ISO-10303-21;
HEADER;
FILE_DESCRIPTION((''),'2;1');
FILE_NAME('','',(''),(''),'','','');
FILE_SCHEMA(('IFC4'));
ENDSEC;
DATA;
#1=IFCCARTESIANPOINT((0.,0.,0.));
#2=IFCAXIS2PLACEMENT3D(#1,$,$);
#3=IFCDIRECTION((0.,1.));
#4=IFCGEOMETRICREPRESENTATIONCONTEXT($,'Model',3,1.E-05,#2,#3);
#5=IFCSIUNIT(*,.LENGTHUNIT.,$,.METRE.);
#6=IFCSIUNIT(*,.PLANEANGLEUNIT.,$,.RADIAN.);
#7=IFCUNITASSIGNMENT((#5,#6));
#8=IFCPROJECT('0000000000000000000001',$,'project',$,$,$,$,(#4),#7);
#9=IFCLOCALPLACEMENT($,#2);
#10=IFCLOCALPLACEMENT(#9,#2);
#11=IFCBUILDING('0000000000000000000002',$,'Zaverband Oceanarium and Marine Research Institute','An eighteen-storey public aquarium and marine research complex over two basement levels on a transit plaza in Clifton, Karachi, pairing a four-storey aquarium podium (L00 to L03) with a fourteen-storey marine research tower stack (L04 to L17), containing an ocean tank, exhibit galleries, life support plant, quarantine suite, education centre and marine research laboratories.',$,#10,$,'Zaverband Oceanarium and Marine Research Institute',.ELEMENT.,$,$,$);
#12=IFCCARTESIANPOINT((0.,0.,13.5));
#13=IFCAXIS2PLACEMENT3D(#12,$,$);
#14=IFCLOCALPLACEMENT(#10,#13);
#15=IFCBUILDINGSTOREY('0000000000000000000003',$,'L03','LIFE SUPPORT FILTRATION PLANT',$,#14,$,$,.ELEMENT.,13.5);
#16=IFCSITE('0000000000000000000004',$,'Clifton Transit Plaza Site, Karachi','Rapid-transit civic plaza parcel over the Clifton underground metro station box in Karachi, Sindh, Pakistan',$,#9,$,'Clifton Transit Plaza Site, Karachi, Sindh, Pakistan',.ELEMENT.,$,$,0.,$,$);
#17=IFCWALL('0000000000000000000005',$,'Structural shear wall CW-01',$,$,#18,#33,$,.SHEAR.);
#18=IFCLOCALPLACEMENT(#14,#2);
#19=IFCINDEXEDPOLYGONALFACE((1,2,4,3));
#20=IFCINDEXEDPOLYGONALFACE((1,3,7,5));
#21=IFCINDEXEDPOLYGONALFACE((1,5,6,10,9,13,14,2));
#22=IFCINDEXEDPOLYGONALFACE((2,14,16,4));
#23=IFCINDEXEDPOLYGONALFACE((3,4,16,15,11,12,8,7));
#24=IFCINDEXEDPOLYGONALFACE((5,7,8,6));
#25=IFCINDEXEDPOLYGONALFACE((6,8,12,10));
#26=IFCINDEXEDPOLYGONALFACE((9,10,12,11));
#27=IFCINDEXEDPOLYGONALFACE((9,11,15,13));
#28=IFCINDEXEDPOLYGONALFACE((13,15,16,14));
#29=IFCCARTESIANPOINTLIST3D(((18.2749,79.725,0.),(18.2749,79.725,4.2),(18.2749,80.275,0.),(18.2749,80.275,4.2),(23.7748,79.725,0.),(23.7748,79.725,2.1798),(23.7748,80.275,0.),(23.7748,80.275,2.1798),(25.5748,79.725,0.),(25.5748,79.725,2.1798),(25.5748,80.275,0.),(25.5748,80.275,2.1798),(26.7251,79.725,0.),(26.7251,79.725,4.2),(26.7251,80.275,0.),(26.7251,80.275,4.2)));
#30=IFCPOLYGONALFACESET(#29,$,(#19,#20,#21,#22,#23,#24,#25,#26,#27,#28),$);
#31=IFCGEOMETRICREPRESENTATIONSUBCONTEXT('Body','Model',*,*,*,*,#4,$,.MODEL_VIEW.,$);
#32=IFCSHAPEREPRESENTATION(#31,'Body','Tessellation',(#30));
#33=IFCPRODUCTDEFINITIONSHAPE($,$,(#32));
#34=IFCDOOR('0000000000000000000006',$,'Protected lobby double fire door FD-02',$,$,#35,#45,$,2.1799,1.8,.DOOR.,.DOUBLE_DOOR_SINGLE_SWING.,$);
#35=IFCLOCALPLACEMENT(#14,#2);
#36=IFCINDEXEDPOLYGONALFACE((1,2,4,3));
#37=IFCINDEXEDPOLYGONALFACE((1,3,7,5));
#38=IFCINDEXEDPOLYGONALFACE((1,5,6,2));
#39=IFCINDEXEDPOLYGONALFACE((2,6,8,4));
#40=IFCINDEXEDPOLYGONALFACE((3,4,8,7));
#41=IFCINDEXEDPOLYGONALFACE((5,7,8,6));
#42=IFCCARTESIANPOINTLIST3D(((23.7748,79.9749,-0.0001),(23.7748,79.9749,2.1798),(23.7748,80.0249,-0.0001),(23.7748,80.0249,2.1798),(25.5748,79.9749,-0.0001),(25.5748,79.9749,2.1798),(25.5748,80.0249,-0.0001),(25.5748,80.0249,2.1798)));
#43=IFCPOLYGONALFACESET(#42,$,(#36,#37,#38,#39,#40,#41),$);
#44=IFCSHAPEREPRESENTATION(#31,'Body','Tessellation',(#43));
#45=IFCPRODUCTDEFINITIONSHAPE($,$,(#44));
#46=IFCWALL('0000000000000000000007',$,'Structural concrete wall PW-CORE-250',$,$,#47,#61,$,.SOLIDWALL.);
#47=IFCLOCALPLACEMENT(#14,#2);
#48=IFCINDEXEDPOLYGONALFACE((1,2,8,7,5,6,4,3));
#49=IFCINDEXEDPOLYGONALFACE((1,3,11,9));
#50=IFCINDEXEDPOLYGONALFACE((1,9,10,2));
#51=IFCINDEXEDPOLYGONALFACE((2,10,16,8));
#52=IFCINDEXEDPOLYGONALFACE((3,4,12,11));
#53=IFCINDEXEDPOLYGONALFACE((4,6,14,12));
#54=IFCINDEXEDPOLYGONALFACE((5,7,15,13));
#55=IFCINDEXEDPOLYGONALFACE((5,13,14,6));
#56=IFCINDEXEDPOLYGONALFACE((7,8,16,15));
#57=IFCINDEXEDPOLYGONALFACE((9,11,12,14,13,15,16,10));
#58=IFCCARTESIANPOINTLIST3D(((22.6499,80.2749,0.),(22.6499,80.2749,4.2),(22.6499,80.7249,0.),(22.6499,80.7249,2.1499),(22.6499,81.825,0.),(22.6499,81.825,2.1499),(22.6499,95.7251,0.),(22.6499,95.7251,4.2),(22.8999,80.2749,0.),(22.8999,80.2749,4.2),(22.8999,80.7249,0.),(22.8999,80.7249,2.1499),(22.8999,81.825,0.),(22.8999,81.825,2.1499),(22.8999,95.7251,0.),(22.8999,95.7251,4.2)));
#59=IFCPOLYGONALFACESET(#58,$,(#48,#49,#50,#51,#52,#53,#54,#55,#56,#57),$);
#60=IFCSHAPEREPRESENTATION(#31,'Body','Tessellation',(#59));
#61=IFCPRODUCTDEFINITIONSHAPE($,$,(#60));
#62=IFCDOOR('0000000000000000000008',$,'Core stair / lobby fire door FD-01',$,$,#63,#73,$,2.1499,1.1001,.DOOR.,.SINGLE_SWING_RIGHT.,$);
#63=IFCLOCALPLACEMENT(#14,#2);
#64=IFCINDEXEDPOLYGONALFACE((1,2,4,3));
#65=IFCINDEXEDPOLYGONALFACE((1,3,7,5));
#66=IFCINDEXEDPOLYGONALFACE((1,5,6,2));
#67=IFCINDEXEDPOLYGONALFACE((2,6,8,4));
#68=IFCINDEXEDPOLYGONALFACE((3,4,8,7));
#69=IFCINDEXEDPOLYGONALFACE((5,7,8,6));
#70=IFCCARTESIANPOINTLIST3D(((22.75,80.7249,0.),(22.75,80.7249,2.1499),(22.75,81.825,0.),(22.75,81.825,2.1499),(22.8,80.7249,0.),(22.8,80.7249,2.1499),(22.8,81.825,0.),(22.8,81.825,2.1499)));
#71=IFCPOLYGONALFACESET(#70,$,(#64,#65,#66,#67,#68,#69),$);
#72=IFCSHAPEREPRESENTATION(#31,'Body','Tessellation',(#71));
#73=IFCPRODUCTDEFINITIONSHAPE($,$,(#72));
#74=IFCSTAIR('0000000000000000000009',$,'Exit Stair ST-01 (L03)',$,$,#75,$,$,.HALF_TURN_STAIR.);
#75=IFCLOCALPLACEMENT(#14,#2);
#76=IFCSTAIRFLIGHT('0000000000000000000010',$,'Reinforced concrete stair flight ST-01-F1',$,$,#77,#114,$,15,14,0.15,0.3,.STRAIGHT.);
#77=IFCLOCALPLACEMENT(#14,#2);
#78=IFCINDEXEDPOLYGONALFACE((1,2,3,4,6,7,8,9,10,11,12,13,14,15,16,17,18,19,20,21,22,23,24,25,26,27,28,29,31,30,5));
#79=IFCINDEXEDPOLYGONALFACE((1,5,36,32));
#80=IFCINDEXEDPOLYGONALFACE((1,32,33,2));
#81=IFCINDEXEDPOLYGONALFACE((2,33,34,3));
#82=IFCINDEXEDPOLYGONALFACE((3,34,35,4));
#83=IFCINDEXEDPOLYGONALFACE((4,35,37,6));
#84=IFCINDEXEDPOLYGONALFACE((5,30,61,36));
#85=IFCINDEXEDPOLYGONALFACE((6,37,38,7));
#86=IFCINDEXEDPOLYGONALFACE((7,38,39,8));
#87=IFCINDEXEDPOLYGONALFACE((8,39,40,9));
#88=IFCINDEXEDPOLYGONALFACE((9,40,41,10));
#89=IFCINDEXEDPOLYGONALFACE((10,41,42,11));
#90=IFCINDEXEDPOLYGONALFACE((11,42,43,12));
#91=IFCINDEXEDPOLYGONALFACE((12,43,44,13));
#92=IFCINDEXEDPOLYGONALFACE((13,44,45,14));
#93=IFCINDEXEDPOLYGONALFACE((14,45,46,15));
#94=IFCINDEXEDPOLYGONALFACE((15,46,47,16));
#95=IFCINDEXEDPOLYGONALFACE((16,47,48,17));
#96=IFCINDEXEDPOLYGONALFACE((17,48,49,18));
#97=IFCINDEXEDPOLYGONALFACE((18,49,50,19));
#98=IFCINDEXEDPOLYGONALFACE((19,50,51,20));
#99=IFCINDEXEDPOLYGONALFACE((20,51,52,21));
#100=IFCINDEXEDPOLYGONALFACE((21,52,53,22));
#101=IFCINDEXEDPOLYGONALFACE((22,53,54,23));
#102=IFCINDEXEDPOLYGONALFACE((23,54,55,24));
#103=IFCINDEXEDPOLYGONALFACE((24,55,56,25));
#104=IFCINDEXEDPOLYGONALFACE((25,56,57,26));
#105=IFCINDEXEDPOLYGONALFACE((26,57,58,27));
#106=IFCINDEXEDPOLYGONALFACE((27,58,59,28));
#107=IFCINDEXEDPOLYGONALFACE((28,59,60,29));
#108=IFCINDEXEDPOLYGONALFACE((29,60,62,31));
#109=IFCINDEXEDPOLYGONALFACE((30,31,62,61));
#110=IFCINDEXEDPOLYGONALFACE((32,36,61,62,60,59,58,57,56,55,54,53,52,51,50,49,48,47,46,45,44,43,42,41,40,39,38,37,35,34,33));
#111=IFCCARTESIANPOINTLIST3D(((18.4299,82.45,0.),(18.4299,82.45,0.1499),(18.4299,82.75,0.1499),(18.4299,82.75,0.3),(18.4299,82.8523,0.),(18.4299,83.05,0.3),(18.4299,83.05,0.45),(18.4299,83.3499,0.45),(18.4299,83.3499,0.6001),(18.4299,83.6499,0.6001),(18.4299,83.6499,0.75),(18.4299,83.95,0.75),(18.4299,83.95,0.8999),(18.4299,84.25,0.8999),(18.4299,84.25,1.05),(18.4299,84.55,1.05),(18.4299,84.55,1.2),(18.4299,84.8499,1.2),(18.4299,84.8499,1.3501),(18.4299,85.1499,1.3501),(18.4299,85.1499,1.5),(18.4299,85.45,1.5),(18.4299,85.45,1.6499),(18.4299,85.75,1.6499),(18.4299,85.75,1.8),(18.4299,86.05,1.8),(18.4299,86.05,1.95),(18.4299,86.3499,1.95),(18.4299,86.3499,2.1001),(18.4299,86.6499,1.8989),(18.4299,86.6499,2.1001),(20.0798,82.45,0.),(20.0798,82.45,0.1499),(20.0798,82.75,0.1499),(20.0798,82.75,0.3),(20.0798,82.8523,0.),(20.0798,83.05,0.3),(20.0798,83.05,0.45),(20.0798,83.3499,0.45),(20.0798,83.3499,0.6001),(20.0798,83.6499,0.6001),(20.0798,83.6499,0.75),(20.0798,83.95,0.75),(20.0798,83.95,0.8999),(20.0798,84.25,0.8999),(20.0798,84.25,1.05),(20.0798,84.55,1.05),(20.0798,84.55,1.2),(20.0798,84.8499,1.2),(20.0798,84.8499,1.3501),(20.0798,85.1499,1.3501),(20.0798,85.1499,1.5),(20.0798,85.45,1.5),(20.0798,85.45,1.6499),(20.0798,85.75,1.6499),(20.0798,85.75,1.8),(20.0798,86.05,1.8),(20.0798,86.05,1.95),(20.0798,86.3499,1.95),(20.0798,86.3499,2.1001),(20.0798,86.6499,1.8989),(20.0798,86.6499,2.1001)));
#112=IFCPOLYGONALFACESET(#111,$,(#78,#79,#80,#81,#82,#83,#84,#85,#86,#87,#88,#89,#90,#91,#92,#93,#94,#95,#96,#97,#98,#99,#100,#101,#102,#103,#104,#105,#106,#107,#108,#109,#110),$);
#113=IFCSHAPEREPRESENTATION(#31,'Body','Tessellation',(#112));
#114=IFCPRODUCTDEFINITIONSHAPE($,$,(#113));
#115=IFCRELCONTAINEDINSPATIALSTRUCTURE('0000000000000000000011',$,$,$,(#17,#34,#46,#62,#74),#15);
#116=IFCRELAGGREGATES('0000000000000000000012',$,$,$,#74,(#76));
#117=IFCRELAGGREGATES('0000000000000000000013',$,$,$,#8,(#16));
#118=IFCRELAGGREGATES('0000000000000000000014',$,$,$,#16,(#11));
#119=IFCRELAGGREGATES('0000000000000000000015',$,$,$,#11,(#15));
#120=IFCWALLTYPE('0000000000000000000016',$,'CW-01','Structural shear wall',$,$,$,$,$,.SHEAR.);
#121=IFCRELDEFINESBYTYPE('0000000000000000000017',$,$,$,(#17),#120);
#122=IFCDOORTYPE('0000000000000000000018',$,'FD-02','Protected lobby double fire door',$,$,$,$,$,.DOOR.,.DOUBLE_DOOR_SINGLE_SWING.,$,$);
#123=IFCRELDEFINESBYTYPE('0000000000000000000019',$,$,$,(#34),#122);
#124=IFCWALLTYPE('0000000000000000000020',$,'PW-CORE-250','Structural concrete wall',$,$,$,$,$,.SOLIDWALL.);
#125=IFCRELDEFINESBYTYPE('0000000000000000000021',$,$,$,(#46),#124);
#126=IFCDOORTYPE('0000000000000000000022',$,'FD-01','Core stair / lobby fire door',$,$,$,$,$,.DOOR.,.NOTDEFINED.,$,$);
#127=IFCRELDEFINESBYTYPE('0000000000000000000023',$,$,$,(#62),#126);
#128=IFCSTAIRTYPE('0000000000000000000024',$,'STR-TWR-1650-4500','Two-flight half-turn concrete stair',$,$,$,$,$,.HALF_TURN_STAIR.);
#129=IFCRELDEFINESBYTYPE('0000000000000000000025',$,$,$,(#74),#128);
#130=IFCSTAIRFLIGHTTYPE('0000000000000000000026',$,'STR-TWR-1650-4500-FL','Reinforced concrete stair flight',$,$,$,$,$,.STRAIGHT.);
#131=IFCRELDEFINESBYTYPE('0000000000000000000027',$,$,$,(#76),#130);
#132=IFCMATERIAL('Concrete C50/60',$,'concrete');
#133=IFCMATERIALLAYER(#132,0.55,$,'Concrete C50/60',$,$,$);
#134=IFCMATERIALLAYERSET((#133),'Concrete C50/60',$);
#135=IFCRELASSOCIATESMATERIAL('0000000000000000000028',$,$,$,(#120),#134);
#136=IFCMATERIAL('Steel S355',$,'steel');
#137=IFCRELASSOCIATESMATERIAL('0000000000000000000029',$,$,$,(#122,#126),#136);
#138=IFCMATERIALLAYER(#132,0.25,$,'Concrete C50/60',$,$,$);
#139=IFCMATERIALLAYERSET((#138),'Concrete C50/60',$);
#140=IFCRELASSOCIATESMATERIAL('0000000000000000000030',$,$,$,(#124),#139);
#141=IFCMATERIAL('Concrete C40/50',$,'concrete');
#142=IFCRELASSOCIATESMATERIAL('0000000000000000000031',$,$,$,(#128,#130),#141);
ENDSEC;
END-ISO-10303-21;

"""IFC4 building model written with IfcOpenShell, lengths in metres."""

from ifc_helpers import new_model, si_unit, direction, frame, frame_2d, origin, place, context, subcontext, project, spatial, polyline, rectangle, outline, extrude, material, layer, layer_set, type_object, element, fill, aggregate, save


model = new_model("IFC4")

# Units and contexts
model_context = context("Model", 3, precision=1e-05, world=origin(), true_north=direction((0.0, 1.0)))
body_context = subcontext(model_context, "Body", "Model", "MODEL_VIEW")
ifc_project = project(units=[si_unit("LENGTHUNIT", "METRE"), si_unit("PLANEANGLEUNIT", "RADIAN")], contexts=[model_context])

# Site, building, storey
site_placement = place(None, origin())
site = spatial("IfcSite", under=ifc_project, at=site_placement, Name="Clifton Transit Plaza Site, Karachi", Description="Rapid-transit civic plaza parcel over the Clifton underground metro station box in Karachi, Sindh, Pakistan", LongName="Clifton Transit Plaza Site, Karachi, Sindh, Pakistan", CompositionType="ELEMENT", RefElevation=0.0)
building_placement = place(site_placement, origin())
building = spatial("IfcBuilding", under=site, at=building_placement, Name="Zaverband Oceanarium and Marine Research Institute", Description="An eighteen-storey public aquarium and marine research complex over two basement levels on a transit plaza in Clifton, Karachi, pairing a four-storey aquarium podium (L00 to L03) with a fourteen-storey marine research tower stack (L04 to L17), containing an ocean tank, exhibit galleries, life support plant, quarantine suite, education centre and marine research laboratories.", LongName="Zaverband Oceanarium and Marine Research Institute", CompositionType="ELEMENT")
storey_placement = place(building_placement, frame((0.0, 0.0, 13.5)))
storey = spatial("IfcBuildingStorey", under=building, at=storey_placement, Name="L03", Description="LIFE SUPPORT FILTRATION PLANT", CompositionType="ELEMENT", Elevation=13.5)

# Shared definitions
ifc_material_1 = material(Name="Concrete C50/60", Category="concrete")

# Shared definitions
ifc_material_2 = material(Name="Concrete C40/50", Category="concrete")

# Wall, opening, door
ifc_layer_1 = layer(ifc_material_1, 0.55, Name="Concrete C50/60")
ifc_layer_set_1 = layer_set([ifc_layer_1], Name="Concrete C50/60")
wall_type_1 = type_object("IfcWallType", Name="CW-01", Description="Structural shear wall", PredefinedType="SHEAR", material=ifc_layer_set_1)
wall_1_placement = place(storey_placement, frame((18.2749, 80.0, 0.0), z_axis=(0.0, 0.0, 1.0), x_axis=(1.0, 0.0, 0.0)))
wall_1 = element("IfcWall", 1, at=wall_1_placement, inside=storey, type_object=wall_type_1, Name="Structural shear wall CW-01", PredefinedType="SHEAR", context=body_context, shape_type="SweptSolid", body=[
    extrude(rectangle(XDim=8.4502, YDim=0.55, at=frame_2d((4.2251, 0.0))), origin(), (0.0, 0.0, 1.0), 4.2),
])
opening_1_placement = place(wall_1_placement, frame((5.5, 0.0, 0.0)))
opening_1 = element("IfcOpeningElement", 2, at=opening_1_placement, cuts=wall_1, PredefinedType="OPENING", context=body_context, shape_type="SweptSolid", body=[
    extrude(rectangle(XDim=1.8, YDim=2.1799, at=frame_2d((0.8999, 1.0898))), frame((0.0, 0.2871, 0.0), z_axis=(0.0, -1.0, 0.0), x_axis=(1.0, 0.0, 0.0)), (0.0, 0.0, 1.0), 0.574),
])
ifc_material_3 = material(Name="Steel S355", Category="steel")
door_type_1 = type_object("IfcDoorType", Name="FD-02", Description="Protected lobby double fire door", OperationType="DOUBLE_DOOR_SINGLE_SWING", PredefinedType="DOOR", material=ifc_material_3)
door_1_placement = place(opening_1_placement, origin())
door_1 = element("IfcDoor", 3, at=door_1_placement, inside=storey, type_object=door_type_1, Name="Protected lobby double fire door FD-02", OperationType="DOUBLE_DOOR_SINGLE_SWING", OverallHeight=2.1799, OverallWidth=1.8, PredefinedType="DOOR", context=body_context, shape_type="SweptSolid", body=[
    extrude(rectangle(XDim=1.8, YDim=2.1799, at=frame_2d((0.8999, 1.0898))), frame((0.0, 0.0249, 0.0), z_axis=(0.0, -1.0, 0.0), x_axis=(1.0, 0.0, 0.0)), (0.0, 0.0, 1.0), 0.05),
])
fill(opening_1, door_1)

# Wall, opening, door
ifc_layer_2 = layer(ifc_material_1, 0.25, Name="Concrete C50/60")
ifc_layer_set_2 = layer_set([ifc_layer_2], Name="Concrete C50/60")
wall_type_2 = type_object("IfcWallType", Name="PW-CORE-250", Description="Structural concrete wall", PredefinedType="SOLIDWALL", material=ifc_layer_set_2)
wall_2_placement = place(storey_placement, frame((22.7749, 80.2749, 0.0), z_axis=(0.0, 0.0, 1.0), x_axis=(0.0, 1.0, 0.0)))
wall_2 = element("IfcWall", 4, at=wall_2_placement, inside=storey, type_object=wall_type_2, Name="Structural concrete wall PW-CORE-250", PredefinedType="SOLIDWALL", context=body_context, shape_type="SweptSolid", body=[
    extrude(rectangle(XDim=15.4502, YDim=0.25, at=frame_2d((7.7251, 0.0))), origin(), (0.0, 0.0, 1.0), 4.2),
])
opening_2_placement = place(wall_2_placement, frame((0.45, 0.0, 0.0)))
opening_2 = element("IfcOpeningElement", 5, at=opening_2_placement, cuts=wall_2, PredefinedType="OPENING", context=body_context, shape_type="SweptSolid", body=[
    extrude(rectangle(XDim=1.1001, YDim=2.1499, at=frame_2d((0.55, 1.075))), frame((0.0, 0.137, 0.0), z_axis=(0.0, -1.0, 0.0), x_axis=(1.0, 0.0, 0.0)), (0.0, 0.0, 1.0), 0.2739),
])
door_type_2 = type_object("IfcDoorType", Name="FD-01", Description="Core stair / lobby fire door", OperationType="NOTDEFINED", PredefinedType="DOOR", material=ifc_material_3)
door_2_placement = place(opening_2_placement, origin())
door_2 = element("IfcDoor", 6, at=door_2_placement, inside=storey, type_object=door_type_2, Name="Core stair / lobby fire door FD-01", OperationType="SINGLE_SWING_RIGHT", OverallHeight=2.1499, OverallWidth=1.1001, PredefinedType="DOOR", context=body_context, shape_type="SweptSolid", body=[
    extrude(rectangle(XDim=1.1001, YDim=2.1499, at=frame_2d((0.55, 1.075))), frame((0.0, 0.0249, 0.0), z_axis=(0.0, -1.0, 0.0), x_axis=(1.0, 0.0, 0.0)), (0.0, 0.0, 1.0), 0.05),
])
fill(opening_2, door_2)

# Stair, stair flight
stair_type = type_object("IfcStairType", Name="STR-TWR-1650-4500", Description="Two-flight half-turn concrete stair", PredefinedType="HALF_TURN_STAIR", material=ifc_material_2)
stair_placement = place(storey_placement, origin())
stair = element("IfcStair", 7, at=stair_placement, inside=storey, type_object=stair_type, Name="Exit Stair ST-01 (L03)", PredefinedType="HALF_TURN_STAIR")
stair_flight_type = type_object("IfcStairFlightType", Name="STR-TWR-1650-4500-FL", Description="Reinforced concrete stair flight", PredefinedType="STRAIGHT", material=ifc_material_2)
stair_flight_placement = place(storey_placement, frame((19.2549, 82.45, 0.0), z_axis=(0.0, 0.0, 1.0), x_axis=(0.0, 1.0, 0.0)))
stair_flight = element("IfcStairFlight", 8, at=stair_flight_placement, type_object=stair_flight_type, Name="Reinforced concrete stair flight ST-01-F1", NumberOfRisers=15, NumberOfTreads=14, PredefinedType="STRAIGHT", RiserHeight=0.15, TreadLength=0.3, context=body_context, shape_type="SweptSolid", body=[
    extrude(outline(polyline([(0.0, 0.0), (0.0, 0.1499), (0.3, 0.1499), (0.3, 0.3), (0.6001, 0.3), (0.6001, 0.45), (0.8999, 0.45), (0.8999, 0.6001), (1.2, 0.6001), (1.2, 0.75), (1.5, 0.75), (1.5, 0.8999), (1.8, 0.8999), (1.8, 1.05), (2.1001, 1.05), (2.1001, 1.2), (2.3999, 1.2), (2.3999, 1.3501), (2.7, 1.3501), (2.7, 1.5), (3.0, 1.5), (3.0, 1.6499), (3.3, 1.6499), (3.3, 1.8), (3.6001, 1.8), (3.6001, 1.95), (3.8999, 1.95), (3.8999, 2.1001), (4.2, 2.1001), (4.2, 2.25), (4.2, 1.8989), (0.4023, 0.0), (0.0, 0.0)])), frame((0.0, 0.825, 0.0), z_axis=(0.0, -1.0, 0.0), x_axis=(1.0, 0.0, 0.0)), (0.0, 0.0, 1.0), 1.6499),
])
aggregate(stair, [stair_flight])

save(model, "model.ifc")
